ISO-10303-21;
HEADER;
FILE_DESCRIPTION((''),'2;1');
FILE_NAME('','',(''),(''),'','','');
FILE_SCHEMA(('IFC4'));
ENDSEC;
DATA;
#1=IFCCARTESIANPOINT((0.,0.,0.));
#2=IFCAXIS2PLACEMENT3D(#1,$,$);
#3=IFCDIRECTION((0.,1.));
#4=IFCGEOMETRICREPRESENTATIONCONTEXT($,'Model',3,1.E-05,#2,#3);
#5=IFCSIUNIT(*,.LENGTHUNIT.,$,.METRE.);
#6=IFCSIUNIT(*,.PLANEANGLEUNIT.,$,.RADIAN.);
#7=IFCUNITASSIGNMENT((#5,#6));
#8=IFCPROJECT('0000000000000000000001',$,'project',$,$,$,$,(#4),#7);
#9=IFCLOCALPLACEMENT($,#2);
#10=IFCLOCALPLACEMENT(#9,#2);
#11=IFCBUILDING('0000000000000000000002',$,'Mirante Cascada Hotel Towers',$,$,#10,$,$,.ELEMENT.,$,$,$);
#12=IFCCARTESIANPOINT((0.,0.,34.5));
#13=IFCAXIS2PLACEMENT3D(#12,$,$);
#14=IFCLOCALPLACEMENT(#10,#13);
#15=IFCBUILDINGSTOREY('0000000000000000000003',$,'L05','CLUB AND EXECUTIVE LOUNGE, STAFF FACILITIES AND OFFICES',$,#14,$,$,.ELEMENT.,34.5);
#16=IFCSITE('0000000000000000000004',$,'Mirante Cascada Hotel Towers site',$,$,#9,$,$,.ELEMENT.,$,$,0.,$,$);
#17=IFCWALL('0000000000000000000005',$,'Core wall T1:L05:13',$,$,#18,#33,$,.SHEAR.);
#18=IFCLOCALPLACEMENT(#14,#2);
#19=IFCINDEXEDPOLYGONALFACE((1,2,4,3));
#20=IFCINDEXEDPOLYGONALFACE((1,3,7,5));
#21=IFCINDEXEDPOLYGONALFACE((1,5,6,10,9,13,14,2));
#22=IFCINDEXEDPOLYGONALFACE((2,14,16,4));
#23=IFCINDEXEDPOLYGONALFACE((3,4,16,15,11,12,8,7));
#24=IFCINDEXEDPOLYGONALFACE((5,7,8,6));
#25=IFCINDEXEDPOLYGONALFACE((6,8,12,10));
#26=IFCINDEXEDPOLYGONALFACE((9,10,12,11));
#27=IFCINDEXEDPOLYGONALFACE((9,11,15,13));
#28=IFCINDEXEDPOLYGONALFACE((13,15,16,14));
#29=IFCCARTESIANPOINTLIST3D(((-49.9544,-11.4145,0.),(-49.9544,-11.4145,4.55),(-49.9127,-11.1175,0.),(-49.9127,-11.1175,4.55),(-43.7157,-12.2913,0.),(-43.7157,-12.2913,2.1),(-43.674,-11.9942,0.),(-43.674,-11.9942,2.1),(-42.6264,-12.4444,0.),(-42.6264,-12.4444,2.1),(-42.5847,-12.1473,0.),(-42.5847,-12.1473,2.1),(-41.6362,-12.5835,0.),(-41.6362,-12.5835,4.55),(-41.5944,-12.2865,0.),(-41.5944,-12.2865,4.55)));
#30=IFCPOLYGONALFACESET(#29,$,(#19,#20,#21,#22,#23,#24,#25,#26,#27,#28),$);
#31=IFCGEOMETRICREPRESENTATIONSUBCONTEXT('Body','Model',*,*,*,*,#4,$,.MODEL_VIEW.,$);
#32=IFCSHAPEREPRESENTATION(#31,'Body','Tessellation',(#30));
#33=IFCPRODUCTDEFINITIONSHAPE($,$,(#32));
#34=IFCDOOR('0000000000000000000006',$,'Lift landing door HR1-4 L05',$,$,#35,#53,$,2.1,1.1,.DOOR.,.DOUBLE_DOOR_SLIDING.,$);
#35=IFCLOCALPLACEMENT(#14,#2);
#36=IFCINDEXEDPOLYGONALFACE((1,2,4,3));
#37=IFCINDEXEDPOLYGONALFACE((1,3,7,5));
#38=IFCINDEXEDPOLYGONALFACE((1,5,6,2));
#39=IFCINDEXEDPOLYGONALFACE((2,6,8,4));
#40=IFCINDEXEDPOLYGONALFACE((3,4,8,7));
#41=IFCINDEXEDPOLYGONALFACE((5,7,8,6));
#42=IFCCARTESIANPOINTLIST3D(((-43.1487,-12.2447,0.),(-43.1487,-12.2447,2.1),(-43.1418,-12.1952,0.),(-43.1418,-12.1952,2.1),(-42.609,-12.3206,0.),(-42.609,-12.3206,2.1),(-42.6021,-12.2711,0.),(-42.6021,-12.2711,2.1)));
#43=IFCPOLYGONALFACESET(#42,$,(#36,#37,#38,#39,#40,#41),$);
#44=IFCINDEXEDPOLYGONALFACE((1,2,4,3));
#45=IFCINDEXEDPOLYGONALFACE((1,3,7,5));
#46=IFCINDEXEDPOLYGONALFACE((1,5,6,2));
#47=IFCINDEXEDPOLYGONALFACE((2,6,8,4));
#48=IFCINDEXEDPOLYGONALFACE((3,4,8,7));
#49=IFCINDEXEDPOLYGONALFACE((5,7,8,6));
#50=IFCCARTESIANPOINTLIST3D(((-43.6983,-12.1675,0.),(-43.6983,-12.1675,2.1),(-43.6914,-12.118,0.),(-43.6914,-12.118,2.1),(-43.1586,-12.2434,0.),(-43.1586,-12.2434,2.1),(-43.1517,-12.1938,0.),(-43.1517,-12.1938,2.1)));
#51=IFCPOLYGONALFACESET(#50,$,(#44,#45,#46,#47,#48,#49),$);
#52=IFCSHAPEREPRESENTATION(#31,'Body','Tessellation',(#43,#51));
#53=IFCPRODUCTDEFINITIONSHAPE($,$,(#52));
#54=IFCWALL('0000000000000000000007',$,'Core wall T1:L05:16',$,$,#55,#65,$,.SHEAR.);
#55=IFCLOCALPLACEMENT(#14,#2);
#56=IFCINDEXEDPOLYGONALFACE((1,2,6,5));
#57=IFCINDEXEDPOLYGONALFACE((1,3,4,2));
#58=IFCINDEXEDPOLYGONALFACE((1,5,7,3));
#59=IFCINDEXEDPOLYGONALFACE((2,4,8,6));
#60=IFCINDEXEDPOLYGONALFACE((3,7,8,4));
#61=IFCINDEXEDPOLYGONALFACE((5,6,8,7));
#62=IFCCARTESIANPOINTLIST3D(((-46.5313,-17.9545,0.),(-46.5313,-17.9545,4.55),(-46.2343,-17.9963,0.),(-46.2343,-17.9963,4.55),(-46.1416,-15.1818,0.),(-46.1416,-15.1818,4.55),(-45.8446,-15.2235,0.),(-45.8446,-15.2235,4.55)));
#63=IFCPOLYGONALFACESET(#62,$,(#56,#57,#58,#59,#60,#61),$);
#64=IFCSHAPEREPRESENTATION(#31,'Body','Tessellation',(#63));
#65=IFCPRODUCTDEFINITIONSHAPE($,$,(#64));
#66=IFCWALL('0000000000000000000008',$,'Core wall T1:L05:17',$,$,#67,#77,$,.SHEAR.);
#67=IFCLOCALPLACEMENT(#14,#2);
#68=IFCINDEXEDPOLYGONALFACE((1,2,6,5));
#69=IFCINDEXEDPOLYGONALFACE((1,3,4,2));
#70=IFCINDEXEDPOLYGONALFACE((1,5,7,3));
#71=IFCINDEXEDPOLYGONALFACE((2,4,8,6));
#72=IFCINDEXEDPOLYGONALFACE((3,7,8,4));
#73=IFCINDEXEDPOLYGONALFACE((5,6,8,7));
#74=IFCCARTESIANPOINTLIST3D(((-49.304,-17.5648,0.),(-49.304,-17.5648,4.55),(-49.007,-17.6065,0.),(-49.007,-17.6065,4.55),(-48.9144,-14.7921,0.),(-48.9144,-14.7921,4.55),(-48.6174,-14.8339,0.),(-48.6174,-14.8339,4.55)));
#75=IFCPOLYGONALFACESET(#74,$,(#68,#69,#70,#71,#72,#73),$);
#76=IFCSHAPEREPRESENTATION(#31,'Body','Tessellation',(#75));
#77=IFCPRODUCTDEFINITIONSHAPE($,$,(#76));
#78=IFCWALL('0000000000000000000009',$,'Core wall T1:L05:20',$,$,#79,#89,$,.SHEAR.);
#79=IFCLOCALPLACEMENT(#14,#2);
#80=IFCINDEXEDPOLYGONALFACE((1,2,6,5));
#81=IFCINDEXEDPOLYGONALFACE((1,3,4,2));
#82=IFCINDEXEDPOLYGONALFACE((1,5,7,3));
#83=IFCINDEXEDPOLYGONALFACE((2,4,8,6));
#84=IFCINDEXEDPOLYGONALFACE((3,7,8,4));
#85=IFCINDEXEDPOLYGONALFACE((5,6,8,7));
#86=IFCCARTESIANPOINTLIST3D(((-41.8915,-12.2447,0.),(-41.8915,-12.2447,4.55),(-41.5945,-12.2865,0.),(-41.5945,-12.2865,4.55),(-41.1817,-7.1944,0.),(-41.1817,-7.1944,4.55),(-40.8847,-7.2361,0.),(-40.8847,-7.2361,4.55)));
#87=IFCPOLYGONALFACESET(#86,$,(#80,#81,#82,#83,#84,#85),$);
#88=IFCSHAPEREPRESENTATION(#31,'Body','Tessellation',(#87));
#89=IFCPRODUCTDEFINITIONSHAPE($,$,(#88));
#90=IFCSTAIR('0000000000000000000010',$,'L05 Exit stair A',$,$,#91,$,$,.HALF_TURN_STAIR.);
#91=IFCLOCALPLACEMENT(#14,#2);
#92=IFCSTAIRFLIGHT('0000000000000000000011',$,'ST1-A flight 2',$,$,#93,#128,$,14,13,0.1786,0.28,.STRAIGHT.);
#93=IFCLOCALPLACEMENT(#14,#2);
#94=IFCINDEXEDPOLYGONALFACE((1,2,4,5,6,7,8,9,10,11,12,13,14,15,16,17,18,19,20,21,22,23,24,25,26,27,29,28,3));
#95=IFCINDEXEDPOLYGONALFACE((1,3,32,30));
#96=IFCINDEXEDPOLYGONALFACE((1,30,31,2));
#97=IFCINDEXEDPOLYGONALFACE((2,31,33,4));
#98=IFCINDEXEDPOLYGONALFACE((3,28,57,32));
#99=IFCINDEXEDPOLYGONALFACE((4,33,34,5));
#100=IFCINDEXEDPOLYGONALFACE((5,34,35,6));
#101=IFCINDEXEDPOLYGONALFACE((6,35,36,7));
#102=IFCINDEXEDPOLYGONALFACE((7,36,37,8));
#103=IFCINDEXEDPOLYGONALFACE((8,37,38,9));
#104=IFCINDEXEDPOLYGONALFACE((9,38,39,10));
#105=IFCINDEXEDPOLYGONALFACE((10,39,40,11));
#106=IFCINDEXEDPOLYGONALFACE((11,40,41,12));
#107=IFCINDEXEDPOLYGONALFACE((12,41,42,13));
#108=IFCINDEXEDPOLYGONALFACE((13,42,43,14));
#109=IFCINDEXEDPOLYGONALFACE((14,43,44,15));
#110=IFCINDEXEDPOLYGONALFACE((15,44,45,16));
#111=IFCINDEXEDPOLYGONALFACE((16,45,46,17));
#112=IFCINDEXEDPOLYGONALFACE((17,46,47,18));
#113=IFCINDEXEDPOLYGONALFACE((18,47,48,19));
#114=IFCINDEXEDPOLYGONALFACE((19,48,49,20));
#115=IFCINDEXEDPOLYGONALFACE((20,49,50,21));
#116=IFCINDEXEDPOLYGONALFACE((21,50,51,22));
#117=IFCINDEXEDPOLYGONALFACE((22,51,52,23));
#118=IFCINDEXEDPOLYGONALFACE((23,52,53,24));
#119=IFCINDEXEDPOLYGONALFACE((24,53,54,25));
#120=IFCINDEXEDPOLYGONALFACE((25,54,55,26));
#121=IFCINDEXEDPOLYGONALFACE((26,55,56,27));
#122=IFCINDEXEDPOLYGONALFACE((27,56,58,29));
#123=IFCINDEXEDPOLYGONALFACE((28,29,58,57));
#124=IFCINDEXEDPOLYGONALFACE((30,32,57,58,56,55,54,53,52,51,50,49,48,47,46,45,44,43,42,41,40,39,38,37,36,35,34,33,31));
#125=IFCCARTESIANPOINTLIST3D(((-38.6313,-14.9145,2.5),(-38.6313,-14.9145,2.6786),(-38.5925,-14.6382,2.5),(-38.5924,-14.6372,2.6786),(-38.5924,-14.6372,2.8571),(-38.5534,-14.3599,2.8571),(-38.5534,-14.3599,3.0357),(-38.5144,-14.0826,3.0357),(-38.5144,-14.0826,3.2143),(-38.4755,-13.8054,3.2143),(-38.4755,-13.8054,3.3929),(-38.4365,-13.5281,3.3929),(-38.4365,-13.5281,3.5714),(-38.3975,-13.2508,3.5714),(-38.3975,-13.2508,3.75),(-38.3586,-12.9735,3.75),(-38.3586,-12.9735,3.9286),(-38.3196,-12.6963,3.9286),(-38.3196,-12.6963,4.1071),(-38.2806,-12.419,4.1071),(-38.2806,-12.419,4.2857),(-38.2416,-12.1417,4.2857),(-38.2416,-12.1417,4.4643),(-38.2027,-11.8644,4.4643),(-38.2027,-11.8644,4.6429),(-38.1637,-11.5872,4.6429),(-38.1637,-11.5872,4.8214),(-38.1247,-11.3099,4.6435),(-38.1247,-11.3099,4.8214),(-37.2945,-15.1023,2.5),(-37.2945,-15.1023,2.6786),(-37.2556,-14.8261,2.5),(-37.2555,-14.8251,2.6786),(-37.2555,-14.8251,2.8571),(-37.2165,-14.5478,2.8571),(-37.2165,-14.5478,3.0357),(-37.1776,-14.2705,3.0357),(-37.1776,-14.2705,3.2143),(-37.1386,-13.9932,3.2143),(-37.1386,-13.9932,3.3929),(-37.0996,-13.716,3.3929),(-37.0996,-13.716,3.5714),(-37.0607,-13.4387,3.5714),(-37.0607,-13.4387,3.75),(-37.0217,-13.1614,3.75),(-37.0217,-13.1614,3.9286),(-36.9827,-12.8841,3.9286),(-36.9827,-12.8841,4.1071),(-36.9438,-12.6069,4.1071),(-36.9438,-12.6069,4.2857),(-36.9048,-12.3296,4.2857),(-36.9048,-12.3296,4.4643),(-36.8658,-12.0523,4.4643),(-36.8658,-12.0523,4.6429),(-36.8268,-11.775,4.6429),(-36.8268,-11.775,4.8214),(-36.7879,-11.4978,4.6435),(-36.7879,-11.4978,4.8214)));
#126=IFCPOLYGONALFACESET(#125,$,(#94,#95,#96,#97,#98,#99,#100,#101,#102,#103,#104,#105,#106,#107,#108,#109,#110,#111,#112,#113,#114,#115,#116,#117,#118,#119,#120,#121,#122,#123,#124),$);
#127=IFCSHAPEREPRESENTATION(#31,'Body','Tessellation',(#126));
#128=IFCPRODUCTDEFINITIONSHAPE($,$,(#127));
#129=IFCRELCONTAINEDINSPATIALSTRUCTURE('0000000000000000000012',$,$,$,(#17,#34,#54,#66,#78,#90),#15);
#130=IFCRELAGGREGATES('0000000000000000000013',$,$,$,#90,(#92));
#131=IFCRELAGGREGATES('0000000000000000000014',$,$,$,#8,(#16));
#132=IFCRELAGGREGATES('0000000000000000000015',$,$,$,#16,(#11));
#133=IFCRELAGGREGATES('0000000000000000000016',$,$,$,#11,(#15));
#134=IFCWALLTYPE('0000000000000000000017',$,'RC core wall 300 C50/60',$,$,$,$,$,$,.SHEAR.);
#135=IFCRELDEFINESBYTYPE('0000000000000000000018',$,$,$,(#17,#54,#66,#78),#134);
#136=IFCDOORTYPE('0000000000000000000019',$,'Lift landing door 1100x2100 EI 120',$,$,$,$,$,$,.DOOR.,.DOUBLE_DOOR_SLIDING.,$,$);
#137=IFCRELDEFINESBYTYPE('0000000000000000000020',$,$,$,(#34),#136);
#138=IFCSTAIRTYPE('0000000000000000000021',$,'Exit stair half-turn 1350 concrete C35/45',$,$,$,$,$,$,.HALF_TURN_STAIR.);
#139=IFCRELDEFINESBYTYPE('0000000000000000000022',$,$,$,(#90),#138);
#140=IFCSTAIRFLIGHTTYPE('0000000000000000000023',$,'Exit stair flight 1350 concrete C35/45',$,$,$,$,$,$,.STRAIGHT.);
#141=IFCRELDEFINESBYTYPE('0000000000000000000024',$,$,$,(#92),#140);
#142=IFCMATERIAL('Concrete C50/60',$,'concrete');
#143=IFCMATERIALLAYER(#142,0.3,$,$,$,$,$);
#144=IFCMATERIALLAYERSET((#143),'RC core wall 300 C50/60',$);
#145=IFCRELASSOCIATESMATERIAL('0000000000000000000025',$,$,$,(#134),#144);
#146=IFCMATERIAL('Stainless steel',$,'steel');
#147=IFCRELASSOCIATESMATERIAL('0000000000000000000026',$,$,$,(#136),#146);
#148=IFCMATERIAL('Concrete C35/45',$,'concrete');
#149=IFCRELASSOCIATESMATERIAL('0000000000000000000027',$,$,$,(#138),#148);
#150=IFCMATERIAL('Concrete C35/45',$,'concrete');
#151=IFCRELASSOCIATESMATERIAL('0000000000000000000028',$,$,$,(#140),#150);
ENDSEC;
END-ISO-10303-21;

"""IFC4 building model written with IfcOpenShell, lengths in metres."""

from ifc_helpers import new_model, si_unit, direction, frame, frame_2d, origin, place, context, subcontext, project, spatial, polyline, rectangle, outline, extrude, material, layer, layer_set, type_object, element, fill, aggregate, save


model = new_model("IFC4")

# Units and contexts
model_context = context("Model", 3, precision=1e-05, world=origin(), true_north=direction((0.0, 1.0)))
body_context = subcontext(model_context, "Body", "Model", "MODEL_VIEW")
ifc_project = project(units=[si_unit("LENGTHUNIT", "METRE"), si_unit("PLANEANGLEUNIT", "RADIAN")], contexts=[model_context])

# Site, building, storey
site_placement = place(None, origin())
site = spatial("IfcSite", under=ifc_project, at=site_placement, Name="Mirante Cascada Hotel Towers site", CompositionType="ELEMENT", RefElevation=0.0)
building_placement = place(site_placement, origin())
building = spatial("IfcBuilding", under=site, at=building_placement, Name="Mirante Cascada Hotel Towers", CompositionType="ELEMENT")
storey_placement = place(building_placement, frame((0.0, 0.0, 34.5)))
storey = spatial("IfcBuildingStorey", under=building, at=storey_placement, Name="L05", Description="CLUB AND EXECUTIVE LOUNGE, STAFF FACILITIES AND OFFICES", CompositionType="ELEMENT", Elevation=34.5)

# Shared definitions
ifc_material_1 = material(Name="Concrete C50/60", Category="concrete")
ifc_layer_1 = layer(ifc_material_1, 0.3)
ifc_layer_set_1 = layer_set([ifc_layer_1], Name="RC core wall 300 C50/60")
wall_type_1 = type_object("IfcWallType", Name="RC core wall 300 C50/60", PredefinedType="SHEAR", material=ifc_layer_set_1)
ifc_material_2 = material(Name="Stainless steel", Category="steel")
door_type_1 = type_object("IfcDoorType", Name="Lift landing door 1100x2100 EI 120", OperationType="DOUBLE_DOOR_SLIDING", PredefinedType="DOOR", material=ifc_material_2)

# Wall, opening, door
wall_1_placement = place(storey_placement, frame((-41.6153, -12.435, 0.0), z_axis=(0.0, 0.0, 1.0), x_axis=(-0.990269, 0.139166, 0.0)))
wall_1 = element("IfcWall", 1, at=wall_1_placement, inside=storey, type_object=wall_type_1, Name="Core wall T1:L05:13", PredefinedType="SHEAR", context=body_context, shape_type="SweptSolid", body=[
    extrude(rectangle(XDim=8.4, YDim=0.3, at=frame_2d((4.2, 0.0))), origin(), (0.0, 0.0, 1.0), 4.55),
])
opening_1_placement = place(wall_1_placement, frame((1.0, 0.0, 0.0)))
opening_1 = element("IfcOpeningElement", 2, at=opening_1_placement, cuts=wall_1, PredefinedType="OPENING", context=body_context, shape_type="SweptSolid", body=[
    extrude(rectangle(XDim=1.1, YDim=2.1, at=frame_2d((0.55, 1.05))), frame((0.0, 0.15, 0.0), z_axis=(0.0, -1.0, 0.0), x_axis=(1.0, 0.0, 0.0)), (0.0, 0.0, 1.0), 0.3),
])
door_1_placement = place(opening_1_placement, origin())
door_1 = element("IfcDoor", 3, at=door_1_placement, inside=storey, type_object=door_type_1, Name="Lift landing door HR1-4 L05", OperationType="DOUBLE_DOOR_SLIDING", OverallHeight=2.1, OverallWidth=1.1, PredefinedType="DOOR", context=body_context, shape_type="SweptSolid", body=[
    extrude(rectangle(XDim=0.545, YDim=2.1, at=frame_2d((0.2725, 1.05))), frame((0.0, 0.025, 0.0), z_axis=(0.0, -1.0, 0.0), x_axis=(1.0, 0.0, 0.0)), (0.0, 0.0, 1.0), 0.05),
    extrude(rectangle(XDim=0.545, YDim=2.1, at=frame_2d((0.8275, 1.05))), frame((0.0, 0.025, 0.0), z_axis=(0.0, -1.0, 0.0), x_axis=(1.0, 0.0, 0.0)), (0.0, 0.0, 1.0), 0.05),
])
fill(opening_1, door_1)

# Walls
wall_2_placement = place(storey_placement, frame((-46.3828, -17.9754, 0.0), z_axis=(0.0, 0.0, 1.0), x_axis=(0.139181, 0.990267, 0.0)))
element("IfcWall", 4, at=wall_2_placement, inside=storey, type_object=wall_type_1, Name="Core wall T1:L05:16", PredefinedType="SHEAR", context=body_context, shape_type="SweptSolid", body=[
    extrude(rectangle(XDim=2.8, YDim=0.3, at=frame_2d((1.4, 0.0))), origin(), (0.0, 0.0, 1.0), 4.55),
])
wall_3_placement = place(storey_placement, frame((-49.1555, -17.5857, 0.0), z_axis=(0.0, 0.0, 1.0), x_axis=(0.139146, 0.990272, 0.0)))
element("IfcWall", 5, at=wall_3_placement, inside=storey, type_object=wall_type_1, Name="Core wall T1:L05:17", PredefinedType="SHEAR", context=body_context, shape_type="SweptSolid", body=[
    extrude(rectangle(XDim=2.7999, YDim=0.3, at=frame_2d((1.4, 0.0))), origin(), (0.0, 0.0, 1.0), 4.55),
])
wall_4_placement = place(storey_placement, frame((-41.743, -12.2656, 0.0), z_axis=(0.0, 0.0, 1.0), x_axis=(0.139176, 0.990268, 0.0)))
element("IfcWall", 6, at=wall_4_placement, inside=storey, type_object=wall_type_1, Name="Core wall T1:L05:20", PredefinedType="SHEAR", context=body_context, shape_type="SweptSolid", body=[
    extrude(rectangle(XDim=5.1, YDim=0.3, at=frame_2d((2.55, 0.0))), origin(), (0.0, 0.0, 1.0), 4.55),
])

# Stair, stair flight
ifc_material_3 = material(Name="Concrete C35/45", Category="concrete")
stair_type = type_object("IfcStairType", Name="Exit stair half-turn 1350 concrete C35/45", PredefinedType="HALF_TURN_STAIR", material=ifc_material_3)
stair_placement = place(storey_placement, origin())
stair = element("IfcStair", 7, at=stair_placement, inside=storey, type_object=stair_type, Name="L05 Exit stair A", PredefinedType="HALF_TURN_STAIR")
ifc_material_4 = material(Name="Concrete C35/45", Category="concrete")
stair_flight_type = type_object("IfcStairFlightType", Name="Exit stair flight 1350 concrete C35/45", PredefinedType="STRAIGHT", material=ifc_material_4)
stair_flight_placement = place(storey_placement, frame((-37.9629, -15.0084, 2.5), z_axis=(0.0, 0.0, 1.0), x_axis=(0.139173, 0.990268, 0.0)))
stair_flight = element("IfcStairFlight", 8, at=stair_flight_placement, type_object=stair_flight_type, Name="ST1-A flight 2", NumberOfRisers=14, NumberOfTreads=13, PredefinedType="STRAIGHT", RiserHeight=0.1786, TreadLength=0.28, context=body_context, shape_type="SweptSolid", body=[
    extrude(outline(polyline([(0.0, 0.0), (0.0, 0.1786), (0.28, 0.1786), (0.28, 0.3571), (0.56, 0.3571), (0.56, 0.5357), (0.84, 0.5357), (0.84, 0.7143), (1.12, 0.7143), (1.12, 0.8929), (1.4, 0.8929), (1.4, 1.0714), (1.68, 1.0714), (1.68, 1.25), (1.96, 1.25), (1.96, 1.4286), (2.24, 1.4286), (2.24, 1.6071), (2.52, 1.6071), (2.52, 1.7857), (2.8, 1.7857), (2.8, 1.9643), (3.08, 1.9643), (3.08, 2.1429), (3.36, 2.1429), (3.36, 2.3214), (3.64, 2.3214), (3.64, 2.5), (3.64, 2.1435), (0.279, 0.0), (0.0, 0.0)])), frame((0.0, 0.675, 0.0), z_axis=(0.0, -1.0, 0.0), x_axis=(1.0, 0.0, 0.0)), (0.0, 0.0, 1.0), 1.35),
])
aggregate(stair, [stair_flight])

save(model, "model.ifc")
